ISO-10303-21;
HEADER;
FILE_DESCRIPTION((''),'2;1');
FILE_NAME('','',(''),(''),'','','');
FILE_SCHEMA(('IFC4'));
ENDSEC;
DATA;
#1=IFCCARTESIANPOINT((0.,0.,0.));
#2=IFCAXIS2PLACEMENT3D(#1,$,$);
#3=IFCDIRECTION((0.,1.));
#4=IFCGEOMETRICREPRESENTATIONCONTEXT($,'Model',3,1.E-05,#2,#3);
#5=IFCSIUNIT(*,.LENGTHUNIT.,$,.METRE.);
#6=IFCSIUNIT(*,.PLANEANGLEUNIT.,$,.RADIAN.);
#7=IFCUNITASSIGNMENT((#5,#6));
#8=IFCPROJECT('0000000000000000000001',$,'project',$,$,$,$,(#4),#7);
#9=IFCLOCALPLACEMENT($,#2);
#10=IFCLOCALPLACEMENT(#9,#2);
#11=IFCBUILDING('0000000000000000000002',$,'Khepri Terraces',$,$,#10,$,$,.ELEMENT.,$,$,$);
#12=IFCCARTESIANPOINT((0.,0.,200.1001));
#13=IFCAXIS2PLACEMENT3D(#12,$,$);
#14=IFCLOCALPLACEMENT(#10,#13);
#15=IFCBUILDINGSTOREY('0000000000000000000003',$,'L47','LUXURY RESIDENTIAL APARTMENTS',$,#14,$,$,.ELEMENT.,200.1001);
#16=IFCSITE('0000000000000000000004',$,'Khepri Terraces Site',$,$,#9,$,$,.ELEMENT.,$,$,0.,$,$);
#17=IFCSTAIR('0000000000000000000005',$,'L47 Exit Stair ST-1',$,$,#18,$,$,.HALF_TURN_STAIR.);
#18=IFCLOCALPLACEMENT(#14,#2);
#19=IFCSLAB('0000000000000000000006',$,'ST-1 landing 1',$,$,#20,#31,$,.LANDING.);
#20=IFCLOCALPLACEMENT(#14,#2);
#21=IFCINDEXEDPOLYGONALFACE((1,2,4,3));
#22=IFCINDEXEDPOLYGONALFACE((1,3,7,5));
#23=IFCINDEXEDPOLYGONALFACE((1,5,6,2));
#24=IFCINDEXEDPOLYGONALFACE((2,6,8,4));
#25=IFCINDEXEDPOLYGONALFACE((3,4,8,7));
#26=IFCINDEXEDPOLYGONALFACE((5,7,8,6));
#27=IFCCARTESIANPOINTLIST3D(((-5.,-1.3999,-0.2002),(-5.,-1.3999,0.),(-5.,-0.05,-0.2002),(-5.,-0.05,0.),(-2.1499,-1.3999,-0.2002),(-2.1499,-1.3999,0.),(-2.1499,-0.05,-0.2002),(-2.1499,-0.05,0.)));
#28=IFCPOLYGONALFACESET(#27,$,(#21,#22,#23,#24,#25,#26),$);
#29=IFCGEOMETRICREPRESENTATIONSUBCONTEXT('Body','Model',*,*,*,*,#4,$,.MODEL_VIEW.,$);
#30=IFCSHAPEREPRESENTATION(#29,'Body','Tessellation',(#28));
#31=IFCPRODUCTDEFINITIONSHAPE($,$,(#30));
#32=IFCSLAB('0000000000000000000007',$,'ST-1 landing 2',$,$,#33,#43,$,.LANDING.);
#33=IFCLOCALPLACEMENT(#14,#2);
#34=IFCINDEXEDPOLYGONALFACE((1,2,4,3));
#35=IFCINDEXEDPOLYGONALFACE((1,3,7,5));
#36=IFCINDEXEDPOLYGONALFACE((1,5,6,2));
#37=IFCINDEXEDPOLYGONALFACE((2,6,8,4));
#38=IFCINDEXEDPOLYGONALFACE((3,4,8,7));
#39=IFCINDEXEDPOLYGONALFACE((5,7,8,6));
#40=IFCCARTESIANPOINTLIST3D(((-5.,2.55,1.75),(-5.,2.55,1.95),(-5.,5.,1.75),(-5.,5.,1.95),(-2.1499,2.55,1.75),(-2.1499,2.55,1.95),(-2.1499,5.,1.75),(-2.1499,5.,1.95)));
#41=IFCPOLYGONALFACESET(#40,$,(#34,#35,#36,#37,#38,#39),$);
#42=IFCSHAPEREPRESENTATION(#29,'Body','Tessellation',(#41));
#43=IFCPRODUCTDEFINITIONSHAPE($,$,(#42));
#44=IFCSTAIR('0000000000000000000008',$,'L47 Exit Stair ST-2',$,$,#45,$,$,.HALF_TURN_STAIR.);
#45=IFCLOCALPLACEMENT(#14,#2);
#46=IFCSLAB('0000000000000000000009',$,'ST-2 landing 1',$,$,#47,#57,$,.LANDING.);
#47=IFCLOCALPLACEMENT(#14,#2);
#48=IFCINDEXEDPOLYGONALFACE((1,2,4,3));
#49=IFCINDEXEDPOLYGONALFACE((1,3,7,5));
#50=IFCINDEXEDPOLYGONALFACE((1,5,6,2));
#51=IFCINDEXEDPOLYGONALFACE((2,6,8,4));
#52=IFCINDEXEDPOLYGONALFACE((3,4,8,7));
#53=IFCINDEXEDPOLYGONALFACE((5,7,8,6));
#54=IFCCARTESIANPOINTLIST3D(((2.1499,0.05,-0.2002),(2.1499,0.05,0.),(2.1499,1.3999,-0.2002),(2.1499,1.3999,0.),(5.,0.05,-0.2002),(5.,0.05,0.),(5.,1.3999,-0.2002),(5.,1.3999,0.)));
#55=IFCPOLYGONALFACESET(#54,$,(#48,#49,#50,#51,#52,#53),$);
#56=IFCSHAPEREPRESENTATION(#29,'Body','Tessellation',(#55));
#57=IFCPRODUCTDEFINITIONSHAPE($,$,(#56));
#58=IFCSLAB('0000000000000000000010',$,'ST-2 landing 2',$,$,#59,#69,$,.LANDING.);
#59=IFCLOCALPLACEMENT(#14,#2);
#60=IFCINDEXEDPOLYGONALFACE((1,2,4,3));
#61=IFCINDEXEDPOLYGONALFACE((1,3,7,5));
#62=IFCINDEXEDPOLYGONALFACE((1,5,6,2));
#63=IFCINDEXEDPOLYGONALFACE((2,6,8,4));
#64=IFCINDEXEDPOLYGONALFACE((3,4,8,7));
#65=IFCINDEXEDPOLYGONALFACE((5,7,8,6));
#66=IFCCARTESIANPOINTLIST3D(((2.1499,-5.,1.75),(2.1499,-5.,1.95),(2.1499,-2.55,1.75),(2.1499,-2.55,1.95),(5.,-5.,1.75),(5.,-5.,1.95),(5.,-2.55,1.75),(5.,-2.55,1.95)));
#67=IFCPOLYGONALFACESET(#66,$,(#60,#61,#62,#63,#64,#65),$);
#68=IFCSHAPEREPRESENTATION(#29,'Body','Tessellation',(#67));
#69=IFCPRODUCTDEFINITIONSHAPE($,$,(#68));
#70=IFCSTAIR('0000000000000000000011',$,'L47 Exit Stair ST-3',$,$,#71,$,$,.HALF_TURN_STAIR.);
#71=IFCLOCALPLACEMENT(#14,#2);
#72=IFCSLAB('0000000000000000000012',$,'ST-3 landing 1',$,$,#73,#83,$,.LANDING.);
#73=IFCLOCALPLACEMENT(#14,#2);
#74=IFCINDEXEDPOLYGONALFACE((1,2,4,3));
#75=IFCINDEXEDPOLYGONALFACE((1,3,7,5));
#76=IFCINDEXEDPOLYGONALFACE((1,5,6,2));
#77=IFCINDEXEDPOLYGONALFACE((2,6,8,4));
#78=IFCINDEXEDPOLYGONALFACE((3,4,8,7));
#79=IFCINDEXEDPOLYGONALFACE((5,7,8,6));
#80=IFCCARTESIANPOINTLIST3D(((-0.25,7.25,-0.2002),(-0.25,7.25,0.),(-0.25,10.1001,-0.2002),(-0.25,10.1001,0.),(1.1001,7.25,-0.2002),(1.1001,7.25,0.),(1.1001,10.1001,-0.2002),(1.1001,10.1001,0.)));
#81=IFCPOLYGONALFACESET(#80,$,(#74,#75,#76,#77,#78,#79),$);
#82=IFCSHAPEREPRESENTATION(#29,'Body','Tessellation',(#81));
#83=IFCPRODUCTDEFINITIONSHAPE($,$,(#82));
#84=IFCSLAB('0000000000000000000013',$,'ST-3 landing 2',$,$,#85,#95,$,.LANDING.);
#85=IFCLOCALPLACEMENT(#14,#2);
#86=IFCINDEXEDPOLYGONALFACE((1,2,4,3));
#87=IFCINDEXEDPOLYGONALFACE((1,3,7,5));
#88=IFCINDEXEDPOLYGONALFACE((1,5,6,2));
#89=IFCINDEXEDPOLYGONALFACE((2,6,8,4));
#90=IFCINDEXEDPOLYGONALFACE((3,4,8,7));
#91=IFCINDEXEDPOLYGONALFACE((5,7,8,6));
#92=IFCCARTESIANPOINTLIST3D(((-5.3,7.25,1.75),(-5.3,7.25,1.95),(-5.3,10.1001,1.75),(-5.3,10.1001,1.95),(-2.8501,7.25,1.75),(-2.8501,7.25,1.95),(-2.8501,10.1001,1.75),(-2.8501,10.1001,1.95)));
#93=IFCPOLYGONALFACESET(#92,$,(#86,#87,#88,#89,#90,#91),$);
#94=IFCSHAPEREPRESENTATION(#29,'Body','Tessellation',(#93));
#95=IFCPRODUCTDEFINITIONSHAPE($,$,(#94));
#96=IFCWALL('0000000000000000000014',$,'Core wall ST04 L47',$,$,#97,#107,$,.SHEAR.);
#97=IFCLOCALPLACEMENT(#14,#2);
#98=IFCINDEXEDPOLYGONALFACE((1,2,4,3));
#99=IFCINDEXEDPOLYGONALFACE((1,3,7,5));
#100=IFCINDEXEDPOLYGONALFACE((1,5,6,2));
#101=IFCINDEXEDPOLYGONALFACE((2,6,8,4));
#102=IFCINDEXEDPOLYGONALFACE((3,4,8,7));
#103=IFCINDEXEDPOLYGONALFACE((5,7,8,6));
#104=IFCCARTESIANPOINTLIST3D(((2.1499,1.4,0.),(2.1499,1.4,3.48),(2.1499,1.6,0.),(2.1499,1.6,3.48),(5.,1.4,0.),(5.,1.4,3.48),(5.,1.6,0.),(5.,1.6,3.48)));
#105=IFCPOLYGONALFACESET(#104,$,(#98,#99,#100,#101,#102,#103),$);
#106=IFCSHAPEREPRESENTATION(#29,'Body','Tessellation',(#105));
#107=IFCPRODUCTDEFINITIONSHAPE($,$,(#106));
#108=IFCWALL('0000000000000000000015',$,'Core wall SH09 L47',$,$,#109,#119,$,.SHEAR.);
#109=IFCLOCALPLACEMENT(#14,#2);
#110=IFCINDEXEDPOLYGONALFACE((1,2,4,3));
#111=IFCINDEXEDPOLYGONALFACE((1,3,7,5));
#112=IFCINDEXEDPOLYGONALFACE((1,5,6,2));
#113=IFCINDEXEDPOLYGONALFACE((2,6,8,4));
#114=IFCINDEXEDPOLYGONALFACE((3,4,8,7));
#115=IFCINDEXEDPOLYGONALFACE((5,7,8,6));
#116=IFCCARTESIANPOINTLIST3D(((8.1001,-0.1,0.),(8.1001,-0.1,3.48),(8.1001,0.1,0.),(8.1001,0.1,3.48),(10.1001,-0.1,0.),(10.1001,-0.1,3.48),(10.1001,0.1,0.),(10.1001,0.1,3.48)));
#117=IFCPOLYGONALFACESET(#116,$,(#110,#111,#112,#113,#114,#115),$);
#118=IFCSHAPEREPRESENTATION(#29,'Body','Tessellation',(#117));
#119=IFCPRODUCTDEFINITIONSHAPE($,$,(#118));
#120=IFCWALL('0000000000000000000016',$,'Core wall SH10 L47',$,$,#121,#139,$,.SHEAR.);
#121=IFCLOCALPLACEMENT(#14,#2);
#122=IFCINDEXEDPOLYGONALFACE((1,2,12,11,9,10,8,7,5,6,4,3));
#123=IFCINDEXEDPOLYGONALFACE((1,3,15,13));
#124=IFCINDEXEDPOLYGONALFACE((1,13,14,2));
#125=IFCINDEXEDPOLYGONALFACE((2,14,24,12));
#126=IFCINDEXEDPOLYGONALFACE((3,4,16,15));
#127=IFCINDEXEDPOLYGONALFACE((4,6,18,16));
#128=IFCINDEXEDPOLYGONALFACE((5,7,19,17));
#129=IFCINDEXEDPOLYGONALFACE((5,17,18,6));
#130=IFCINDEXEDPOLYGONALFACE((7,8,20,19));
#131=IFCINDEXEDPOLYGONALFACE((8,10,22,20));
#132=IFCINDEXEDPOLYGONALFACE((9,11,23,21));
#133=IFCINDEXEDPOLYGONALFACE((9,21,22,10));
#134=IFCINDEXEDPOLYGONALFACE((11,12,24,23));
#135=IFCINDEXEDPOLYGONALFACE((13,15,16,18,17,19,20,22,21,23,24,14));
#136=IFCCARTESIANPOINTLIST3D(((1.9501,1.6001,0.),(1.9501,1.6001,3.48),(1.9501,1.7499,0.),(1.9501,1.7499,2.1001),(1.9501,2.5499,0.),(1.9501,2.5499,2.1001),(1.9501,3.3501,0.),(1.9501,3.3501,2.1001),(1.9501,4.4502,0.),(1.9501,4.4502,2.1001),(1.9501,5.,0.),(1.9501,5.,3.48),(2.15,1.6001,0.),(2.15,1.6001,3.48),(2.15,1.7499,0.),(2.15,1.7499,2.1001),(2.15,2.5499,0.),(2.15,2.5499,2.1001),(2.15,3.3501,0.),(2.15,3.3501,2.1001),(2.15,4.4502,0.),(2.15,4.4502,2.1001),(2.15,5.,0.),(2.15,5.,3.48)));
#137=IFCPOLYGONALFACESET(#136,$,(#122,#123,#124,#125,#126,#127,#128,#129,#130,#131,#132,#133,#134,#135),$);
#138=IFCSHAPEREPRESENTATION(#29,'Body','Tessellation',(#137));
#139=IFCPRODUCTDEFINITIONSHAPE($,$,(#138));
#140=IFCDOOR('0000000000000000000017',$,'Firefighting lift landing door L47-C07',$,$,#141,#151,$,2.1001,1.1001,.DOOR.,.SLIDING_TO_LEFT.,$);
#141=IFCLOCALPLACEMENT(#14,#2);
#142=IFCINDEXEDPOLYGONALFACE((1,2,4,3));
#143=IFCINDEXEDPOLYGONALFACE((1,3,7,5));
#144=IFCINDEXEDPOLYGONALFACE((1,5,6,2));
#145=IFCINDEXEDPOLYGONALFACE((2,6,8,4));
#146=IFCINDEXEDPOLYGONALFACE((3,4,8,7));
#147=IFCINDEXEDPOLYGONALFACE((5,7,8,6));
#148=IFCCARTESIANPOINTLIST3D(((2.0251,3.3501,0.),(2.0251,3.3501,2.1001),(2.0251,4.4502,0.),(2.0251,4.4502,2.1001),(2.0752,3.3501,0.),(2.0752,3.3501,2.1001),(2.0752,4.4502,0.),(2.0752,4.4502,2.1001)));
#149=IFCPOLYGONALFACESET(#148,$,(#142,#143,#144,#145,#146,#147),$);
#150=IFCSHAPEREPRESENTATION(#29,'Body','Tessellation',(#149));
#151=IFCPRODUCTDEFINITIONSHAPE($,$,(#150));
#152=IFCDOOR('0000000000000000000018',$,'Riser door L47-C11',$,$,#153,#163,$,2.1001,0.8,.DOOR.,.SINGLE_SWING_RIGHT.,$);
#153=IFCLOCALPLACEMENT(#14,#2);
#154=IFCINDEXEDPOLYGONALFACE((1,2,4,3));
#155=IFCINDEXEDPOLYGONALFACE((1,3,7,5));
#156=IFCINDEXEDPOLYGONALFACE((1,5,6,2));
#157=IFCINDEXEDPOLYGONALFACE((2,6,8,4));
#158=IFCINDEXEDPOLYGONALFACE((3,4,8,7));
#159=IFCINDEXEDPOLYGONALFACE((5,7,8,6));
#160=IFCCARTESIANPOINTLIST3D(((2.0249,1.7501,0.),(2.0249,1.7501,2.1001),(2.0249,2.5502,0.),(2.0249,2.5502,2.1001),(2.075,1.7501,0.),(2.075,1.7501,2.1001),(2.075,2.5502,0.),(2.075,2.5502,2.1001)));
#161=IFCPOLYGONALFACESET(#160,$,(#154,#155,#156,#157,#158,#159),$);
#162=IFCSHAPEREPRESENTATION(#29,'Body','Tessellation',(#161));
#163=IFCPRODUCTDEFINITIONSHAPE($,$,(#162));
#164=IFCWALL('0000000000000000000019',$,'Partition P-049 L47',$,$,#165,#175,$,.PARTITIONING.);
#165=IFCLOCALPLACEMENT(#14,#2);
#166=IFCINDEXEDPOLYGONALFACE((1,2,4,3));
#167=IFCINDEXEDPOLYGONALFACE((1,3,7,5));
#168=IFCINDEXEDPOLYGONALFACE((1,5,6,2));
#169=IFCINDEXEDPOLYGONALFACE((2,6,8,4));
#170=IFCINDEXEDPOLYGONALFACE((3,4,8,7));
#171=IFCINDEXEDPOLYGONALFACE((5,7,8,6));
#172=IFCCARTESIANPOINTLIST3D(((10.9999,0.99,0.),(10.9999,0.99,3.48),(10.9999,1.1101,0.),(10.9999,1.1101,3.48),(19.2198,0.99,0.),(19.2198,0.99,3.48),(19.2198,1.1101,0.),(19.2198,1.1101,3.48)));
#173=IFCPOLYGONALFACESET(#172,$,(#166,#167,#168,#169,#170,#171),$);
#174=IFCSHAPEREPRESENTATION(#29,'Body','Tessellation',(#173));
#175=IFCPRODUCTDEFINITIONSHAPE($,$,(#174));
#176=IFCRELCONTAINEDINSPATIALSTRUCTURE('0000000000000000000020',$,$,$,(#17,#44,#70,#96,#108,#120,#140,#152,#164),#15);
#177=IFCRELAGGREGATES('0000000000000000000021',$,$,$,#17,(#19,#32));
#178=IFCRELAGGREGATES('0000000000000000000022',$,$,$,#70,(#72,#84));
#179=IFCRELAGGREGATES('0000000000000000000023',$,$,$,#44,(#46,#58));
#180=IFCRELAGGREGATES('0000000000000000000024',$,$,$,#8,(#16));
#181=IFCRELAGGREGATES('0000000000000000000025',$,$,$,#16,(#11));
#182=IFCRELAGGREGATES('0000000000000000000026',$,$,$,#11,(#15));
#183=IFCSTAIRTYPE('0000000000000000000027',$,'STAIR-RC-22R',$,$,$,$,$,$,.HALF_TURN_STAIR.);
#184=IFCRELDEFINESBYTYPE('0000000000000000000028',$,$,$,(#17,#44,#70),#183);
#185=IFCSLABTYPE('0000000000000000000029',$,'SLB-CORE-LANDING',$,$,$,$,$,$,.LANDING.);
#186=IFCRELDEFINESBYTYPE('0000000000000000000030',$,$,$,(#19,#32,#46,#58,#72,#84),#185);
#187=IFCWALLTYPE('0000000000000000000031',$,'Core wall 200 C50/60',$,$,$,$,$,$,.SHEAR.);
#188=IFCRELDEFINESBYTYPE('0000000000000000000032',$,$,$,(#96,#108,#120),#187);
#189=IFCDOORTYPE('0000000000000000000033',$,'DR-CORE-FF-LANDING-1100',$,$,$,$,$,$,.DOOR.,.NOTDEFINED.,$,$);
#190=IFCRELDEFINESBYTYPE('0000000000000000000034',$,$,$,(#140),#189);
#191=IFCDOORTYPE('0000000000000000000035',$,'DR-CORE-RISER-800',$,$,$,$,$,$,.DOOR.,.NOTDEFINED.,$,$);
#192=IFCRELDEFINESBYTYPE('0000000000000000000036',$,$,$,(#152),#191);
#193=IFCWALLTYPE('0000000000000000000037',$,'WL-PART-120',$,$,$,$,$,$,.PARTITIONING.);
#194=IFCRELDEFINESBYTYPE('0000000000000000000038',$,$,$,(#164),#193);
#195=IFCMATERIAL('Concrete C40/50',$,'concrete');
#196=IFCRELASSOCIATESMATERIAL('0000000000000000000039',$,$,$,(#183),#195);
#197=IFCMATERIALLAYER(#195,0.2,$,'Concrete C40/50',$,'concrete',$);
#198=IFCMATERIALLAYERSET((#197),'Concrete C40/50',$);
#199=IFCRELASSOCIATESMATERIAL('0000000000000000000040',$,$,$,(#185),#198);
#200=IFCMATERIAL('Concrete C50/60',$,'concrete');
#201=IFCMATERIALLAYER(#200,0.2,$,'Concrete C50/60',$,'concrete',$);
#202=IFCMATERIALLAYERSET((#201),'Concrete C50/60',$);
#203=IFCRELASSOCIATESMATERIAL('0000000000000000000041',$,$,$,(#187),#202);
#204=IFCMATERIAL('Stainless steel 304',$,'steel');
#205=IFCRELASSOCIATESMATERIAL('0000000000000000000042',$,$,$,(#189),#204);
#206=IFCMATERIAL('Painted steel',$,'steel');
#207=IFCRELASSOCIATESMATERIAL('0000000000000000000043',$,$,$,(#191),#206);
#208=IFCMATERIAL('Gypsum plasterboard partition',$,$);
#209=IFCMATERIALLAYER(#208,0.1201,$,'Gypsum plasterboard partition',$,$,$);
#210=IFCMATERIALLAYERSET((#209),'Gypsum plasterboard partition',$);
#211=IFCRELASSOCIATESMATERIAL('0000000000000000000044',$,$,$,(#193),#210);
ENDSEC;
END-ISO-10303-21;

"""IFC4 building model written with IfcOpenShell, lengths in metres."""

from ifc_helpers import new_model, si_unit, direction, frame, frame_2d, origin, place, context, subcontext, project, spatial, polyline, rectangle, outline, extrude, material, layer, layer_set, type_object, element, fill, aggregate, save


model = new_model("IFC4")

# Units and contexts
model_context = context("Model", 3, precision=1e-05, world=origin(), true_north=direction((0.0, 1.0)))
body_context = subcontext(model_context, "Body", "Model", "MODEL_VIEW")
ifc_project = project(units=[si_unit("LENGTHUNIT", "METRE"), si_unit("PLANEANGLEUNIT", "RADIAN")], contexts=[model_context])

# Site, building, storey
site_placement = place(None, origin())
site = spatial("IfcSite", under=ifc_project, at=site_placement, Name="Khepri Terraces Site", CompositionType="ELEMENT", RefElevation=0.0)
building_placement = place(site_placement, origin())
building = spatial("IfcBuilding", under=site, at=building_placement, Name="Khepri Terraces", CompositionType="ELEMENT")
storey_placement = place(building_placement, frame((0.0, 0.0, 200.1001)))
storey = spatial("IfcBuildingStorey", under=building, at=storey_placement, Name="L47", Description="LUXURY RESIDENTIAL APARTMENTS", CompositionType="ELEMENT", Elevation=200.1001)

# Stairs, slabs
ifc_material_1 = material(Name="Concrete C40/50", Category="concrete")
stair_type = type_object("IfcStairType", Name="STAIR-RC-22R", PredefinedType="HALF_TURN_STAIR", material=ifc_material_1)
stair_1_placement = place(storey_placement, origin())
stair_1 = element("IfcStair", 1, at=stair_1_placement, inside=storey, type_object=stair_type, Name="L47 Exit Stair ST-1", PredefinedType="HALF_TURN_STAIR")
ifc_layer_1 = layer(ifc_material_1, 0.2, Name="Concrete C40/50", Category="concrete")
ifc_layer_set_1 = layer_set([ifc_layer_1], Name="Concrete C40/50")
slab_type = type_object("IfcSlabType", Name="SLB-CORE-LANDING", PredefinedType="LANDING", material=ifc_layer_set_1)
slab_1_placement = place(storey_placement, frame((0.0, 0.0, -0.2002)))
slab_1 = element("IfcSlab", 2, at=slab_1_placement, type_object=slab_type, Name="ST-1 landing 1", PredefinedType="LANDING", context=body_context, shape_type="SweptSolid", body=[
    extrude(outline(polyline([(-2.1499, -1.3999), (-2.1499, -0.05), (-5.0, -0.05), (-5.0, -1.3999), (-2.1499, -1.3999)])), origin(), (0.0, 0.0, 1.0), 0.2002),
])
slab_2_placement = place(storey_placement, frame((0.0, 0.0, 1.75)))
slab_2 = element("IfcSlab", 3, at=slab_2_placement, type_object=slab_type, Name="ST-1 landing 2", PredefinedType="LANDING", context=body_context, shape_type="SweptSolid", body=[
    extrude(outline(polyline([(-2.1499, 2.55), (-2.1499, 5.0), (-5.0, 5.0), (-5.0, 2.55), (-2.1499, 2.55)])), origin(), (0.0, 0.0, 1.0), 0.2),
])
aggregate(stair_1, [slab_1, slab_2])
stair_2_placement = place(storey_placement, origin())
stair_2 = element("IfcStair", 4, at=stair_2_placement, inside=storey, type_object=stair_type, Name="L47 Exit Stair ST-2", PredefinedType="HALF_TURN_STAIR")
slab_3_placement = place(storey_placement, frame((0.0, 0.0, -0.2002)))
slab_3 = element("IfcSlab", 5, at=slab_3_placement, type_object=slab_type, Name="ST-2 landing 1", PredefinedType="LANDING", context=body_context, shape_type="SweptSolid", body=[
    extrude(outline(polyline([(2.1499, 1.3999), (2.1499, 0.05), (5.0, 0.05), (5.0, 1.3999), (2.1499, 1.3999)])), origin(), (0.0, 0.0, 1.0), 0.2002),
])
slab_4_placement = place(storey_placement, frame((0.0, 0.0, 1.75)))
slab_4 = element("IfcSlab", 6, at=slab_4_placement, type_object=slab_type, Name="ST-2 landing 2", PredefinedType="LANDING", context=body_context, shape_type="SweptSolid", body=[
    extrude(outline(polyline([(2.1499, -2.55), (2.1499, -5.0), (5.0, -5.0), (5.0, -2.55), (2.1499, -2.55)])), origin(), (0.0, 0.0, 1.0), 0.2),
])
stair_3_placement = place(storey_placement, origin())
stair_3 = element("IfcStair", 7, at=stair_3_placement, inside=storey, type_object=stair_type, Name="L47 Exit Stair ST-3", PredefinedType="HALF_TURN_STAIR")
slab_5_placement = place(storey_placement, frame((0.0, 0.0, -0.2002)))
slab_5 = element("IfcSlab", 8, at=slab_5_placement, type_object=slab_type, Name="ST-3 landing 1", PredefinedType="LANDING", context=body_context, shape_type="SweptSolid", body=[
    extrude(outline(polyline([(1.1001, 10.1001), (-0.25, 10.1001), (-0.25, 7.25), (1.1001, 7.25), (1.1001, 10.1001)])), origin(), (0.0, 0.0, 1.0), 0.2002),
])
slab_6_placement = place(storey_placement, frame((0.0, 0.0, 1.75)))
slab_6 = element("IfcSlab", 9, at=slab_6_placement, type_object=slab_type, Name="ST-3 landing 2", PredefinedType="LANDING", context=body_context, shape_type="SweptSolid", body=[
    extrude(outline(polyline([(-2.8501, 10.1001), (-5.3, 10.1001), (-5.3, 7.25), (-2.8501, 7.25), (-2.8501, 10.1001)])), origin(), (0.0, 0.0, 1.0), 0.2),
])
aggregate(stair_3, [slab_5, slab_6])

# Walls
ifc_material_2 = material(Name="Concrete C50/60", Category="concrete")
ifc_layer_2 = layer(ifc_material_2, 0.2, Name="Concrete C50/60", Category="concrete")
ifc_layer_set_2 = layer_set([ifc_layer_2], Name="Concrete C50/60")
wall_type_1 = type_object("IfcWallType", Name="Core wall 200 C50/60", PredefinedType="SHEAR", material=ifc_layer_set_2)
wall_1_placement = place(storey_placement, frame((2.1499, 1.5, 0.0), z_axis=(0.0, 0.0, 1.0), x_axis=(1.0, 0.0, 0.0)))
element("IfcWall", 10, at=wall_1_placement, inside=storey, type_object=wall_type_1, Name="Core wall ST04 L47", PredefinedType="SHEAR", context=body_context, shape_type="SweptSolid", body=[
    extrude(rectangle(XDim=2.8501, YDim=0.2, at=frame_2d((1.425, 0.0))), origin(), (0.0, 0.0, 1.0), 3.48),
])
wall_2_placement = place(storey_placement, frame((8.1001, 0.0, 0.0), z_axis=(0.0, 0.0, 1.0), x_axis=(1.0, 0.0, 0.0)))
element("IfcWall", 11, at=wall_2_placement, inside=storey, type_object=wall_type_1, Name="Core wall SH09 L47", PredefinedType="SHEAR", context=body_context, shape_type="SweptSolid", body=[
    extrude(rectangle(XDim=2.0, YDim=0.2, at=frame_2d((1.0, 0.0))), origin(), (0.0, 0.0, 1.0), 3.48),
])

# Wall, openings, doors
wall_3_placement = place(storey_placement, frame((2.05, 1.6001, 0.0), z_axis=(0.0, 0.0, 1.0), x_axis=(0.0, 1.0, 0.0)))
wall_3 = element("IfcWall", 12, at=wall_3_placement, inside=storey, type_object=wall_type_1, Name="Core wall SH10 L47", PredefinedType="SHEAR", context=body_context, shape_type="SweptSolid", body=[
    extrude(rectangle(XDim=3.3999, YDim=0.2, at=frame_2d((1.7, 0.0))), origin(), (0.0, 0.0, 1.0), 3.48),
])
opening_1_placement = place(wall_3_placement, frame((1.75, 0.0, 0.0)))
opening_1 = element("IfcOpeningElement", 13, at=opening_1_placement, cuts=wall_3, PredefinedType="OPENING", context=body_context, shape_type="SweptSolid", body=[
    extrude(rectangle(XDim=1.1001, YDim=2.1001, at=frame_2d((0.55, 1.05))), frame((0.0, 0.1099, 0.0), z_axis=(0.0, -1.0, 0.0), x_axis=(1.0, 0.0, 0.0)), (0.0, 0.0, 1.0), 0.22),
])
opening_2_placement = place(wall_3_placement, frame((0.1499, 0.0, 0.0)))
opening_2 = element("IfcOpeningElement", 14, at=opening_2_placement, cuts=wall_3, PredefinedType="OPENING", context=body_context, shape_type="SweptSolid", body=[
    extrude(rectangle(XDim=0.8, YDim=2.1001, at=frame_2d((0.3999, 1.05))), frame((0.0, 0.1099, 0.0), z_axis=(0.0, -1.0, 0.0), x_axis=(1.0, 0.0, 0.0)), (0.0, 0.0, 1.0), 0.22),
])
ifc_material_3 = material(Name="Stainless steel 304", Category="steel")
door_type_1 = type_object("IfcDoorType", Name="DR-CORE-FF-LANDING-1100", OperationType="NOTDEFINED", PredefinedType="DOOR", material=ifc_material_3)
door_1_placement = place(opening_1_placement, origin())
door_1 = element("IfcDoor", 15, at=door_1_placement, inside=storey, type_object=door_type_1, Name="Firefighting lift landing door L47-C07", OperationType="SLIDING_TO_LEFT", OverallHeight=2.1001, OverallWidth=1.1001, PredefinedType="DOOR", context=body_context, shape_type="SweptSolid", body=[
    extrude(rectangle(XDim=1.1001, YDim=2.1001, at=frame_2d((0.55, 1.05))), frame((0.0, 0.0249, 0.0), z_axis=(0.0, -1.0, 0.0), x_axis=(1.0, 0.0, 0.0)), (0.0, 0.0, 1.0), 0.05),
])
fill(opening_1, door_1)
ifc_material_4 = material(Name="Painted steel", Category="steel")
door_type_2 = type_object("IfcDoorType", Name="DR-CORE-RISER-800", OperationType="NOTDEFINED", PredefinedType="DOOR", material=ifc_material_4)
door_2_placement = place(opening_2_placement, frame((0.8, 0.0, 0.0), z_axis=(0.0, 0.0, 1.0), x_axis=(-1.0, 0.0, 0.0)))
door_2 = element("IfcDoor", 16, at=door_2_placement, inside=storey, type_object=door_type_2, Name="Riser door L47-C11", OperationType="SINGLE_SWING_RIGHT", OverallHeight=2.1001, OverallWidth=0.8, PredefinedType="DOOR", context=body_context, shape_type="SweptSolid", body=[
    extrude(rectangle(XDim=0.8, YDim=2.1001, at=frame_2d((0.3999, 1.05))), frame((0.0, 0.0249, 0.0), z_axis=(0.0, -1.0, 0.0), x_axis=(1.0, 0.0, 0.0)), (0.0, 0.0, 1.0), 0.05),
])
fill(opening_2, door_2)

# Wall
ifc_material_5 = material(Name="Gypsum plasterboard partition")
ifc_layer_3 = layer(ifc_material_5, 0.1201, Name="Gypsum plasterboard partition")
ifc_layer_set_3 = layer_set([ifc_layer_3], Name="Gypsum plasterboard partition")
wall_type_2 = type_object("IfcWallType", Name="WL-PART-120", PredefinedType="PARTITIONING", material=ifc_layer_set_3)
wall_4_placement = place(storey_placement, frame((11.0, 1.05, 0.0), z_axis=(0.0, 0.0, 1.0), x_axis=(1.0, 0.0, 0.0)))
element("IfcWall", 17, at=wall_4_placement, inside=storey, type_object=wall_type_2, Name="Partition P-049 L47", PredefinedType="PARTITIONING", context=body_context, shape_type="SweptSolid", body=[
    extrude(rectangle(XDim=8.22, YDim=0.1201, at=frame_2d((4.1099, 0.0))), origin(), (0.0, 0.0, 1.0), 3.48),
])

aggregate(stair_2, [slab_3, slab_4])

save(model, "model.ifc")
